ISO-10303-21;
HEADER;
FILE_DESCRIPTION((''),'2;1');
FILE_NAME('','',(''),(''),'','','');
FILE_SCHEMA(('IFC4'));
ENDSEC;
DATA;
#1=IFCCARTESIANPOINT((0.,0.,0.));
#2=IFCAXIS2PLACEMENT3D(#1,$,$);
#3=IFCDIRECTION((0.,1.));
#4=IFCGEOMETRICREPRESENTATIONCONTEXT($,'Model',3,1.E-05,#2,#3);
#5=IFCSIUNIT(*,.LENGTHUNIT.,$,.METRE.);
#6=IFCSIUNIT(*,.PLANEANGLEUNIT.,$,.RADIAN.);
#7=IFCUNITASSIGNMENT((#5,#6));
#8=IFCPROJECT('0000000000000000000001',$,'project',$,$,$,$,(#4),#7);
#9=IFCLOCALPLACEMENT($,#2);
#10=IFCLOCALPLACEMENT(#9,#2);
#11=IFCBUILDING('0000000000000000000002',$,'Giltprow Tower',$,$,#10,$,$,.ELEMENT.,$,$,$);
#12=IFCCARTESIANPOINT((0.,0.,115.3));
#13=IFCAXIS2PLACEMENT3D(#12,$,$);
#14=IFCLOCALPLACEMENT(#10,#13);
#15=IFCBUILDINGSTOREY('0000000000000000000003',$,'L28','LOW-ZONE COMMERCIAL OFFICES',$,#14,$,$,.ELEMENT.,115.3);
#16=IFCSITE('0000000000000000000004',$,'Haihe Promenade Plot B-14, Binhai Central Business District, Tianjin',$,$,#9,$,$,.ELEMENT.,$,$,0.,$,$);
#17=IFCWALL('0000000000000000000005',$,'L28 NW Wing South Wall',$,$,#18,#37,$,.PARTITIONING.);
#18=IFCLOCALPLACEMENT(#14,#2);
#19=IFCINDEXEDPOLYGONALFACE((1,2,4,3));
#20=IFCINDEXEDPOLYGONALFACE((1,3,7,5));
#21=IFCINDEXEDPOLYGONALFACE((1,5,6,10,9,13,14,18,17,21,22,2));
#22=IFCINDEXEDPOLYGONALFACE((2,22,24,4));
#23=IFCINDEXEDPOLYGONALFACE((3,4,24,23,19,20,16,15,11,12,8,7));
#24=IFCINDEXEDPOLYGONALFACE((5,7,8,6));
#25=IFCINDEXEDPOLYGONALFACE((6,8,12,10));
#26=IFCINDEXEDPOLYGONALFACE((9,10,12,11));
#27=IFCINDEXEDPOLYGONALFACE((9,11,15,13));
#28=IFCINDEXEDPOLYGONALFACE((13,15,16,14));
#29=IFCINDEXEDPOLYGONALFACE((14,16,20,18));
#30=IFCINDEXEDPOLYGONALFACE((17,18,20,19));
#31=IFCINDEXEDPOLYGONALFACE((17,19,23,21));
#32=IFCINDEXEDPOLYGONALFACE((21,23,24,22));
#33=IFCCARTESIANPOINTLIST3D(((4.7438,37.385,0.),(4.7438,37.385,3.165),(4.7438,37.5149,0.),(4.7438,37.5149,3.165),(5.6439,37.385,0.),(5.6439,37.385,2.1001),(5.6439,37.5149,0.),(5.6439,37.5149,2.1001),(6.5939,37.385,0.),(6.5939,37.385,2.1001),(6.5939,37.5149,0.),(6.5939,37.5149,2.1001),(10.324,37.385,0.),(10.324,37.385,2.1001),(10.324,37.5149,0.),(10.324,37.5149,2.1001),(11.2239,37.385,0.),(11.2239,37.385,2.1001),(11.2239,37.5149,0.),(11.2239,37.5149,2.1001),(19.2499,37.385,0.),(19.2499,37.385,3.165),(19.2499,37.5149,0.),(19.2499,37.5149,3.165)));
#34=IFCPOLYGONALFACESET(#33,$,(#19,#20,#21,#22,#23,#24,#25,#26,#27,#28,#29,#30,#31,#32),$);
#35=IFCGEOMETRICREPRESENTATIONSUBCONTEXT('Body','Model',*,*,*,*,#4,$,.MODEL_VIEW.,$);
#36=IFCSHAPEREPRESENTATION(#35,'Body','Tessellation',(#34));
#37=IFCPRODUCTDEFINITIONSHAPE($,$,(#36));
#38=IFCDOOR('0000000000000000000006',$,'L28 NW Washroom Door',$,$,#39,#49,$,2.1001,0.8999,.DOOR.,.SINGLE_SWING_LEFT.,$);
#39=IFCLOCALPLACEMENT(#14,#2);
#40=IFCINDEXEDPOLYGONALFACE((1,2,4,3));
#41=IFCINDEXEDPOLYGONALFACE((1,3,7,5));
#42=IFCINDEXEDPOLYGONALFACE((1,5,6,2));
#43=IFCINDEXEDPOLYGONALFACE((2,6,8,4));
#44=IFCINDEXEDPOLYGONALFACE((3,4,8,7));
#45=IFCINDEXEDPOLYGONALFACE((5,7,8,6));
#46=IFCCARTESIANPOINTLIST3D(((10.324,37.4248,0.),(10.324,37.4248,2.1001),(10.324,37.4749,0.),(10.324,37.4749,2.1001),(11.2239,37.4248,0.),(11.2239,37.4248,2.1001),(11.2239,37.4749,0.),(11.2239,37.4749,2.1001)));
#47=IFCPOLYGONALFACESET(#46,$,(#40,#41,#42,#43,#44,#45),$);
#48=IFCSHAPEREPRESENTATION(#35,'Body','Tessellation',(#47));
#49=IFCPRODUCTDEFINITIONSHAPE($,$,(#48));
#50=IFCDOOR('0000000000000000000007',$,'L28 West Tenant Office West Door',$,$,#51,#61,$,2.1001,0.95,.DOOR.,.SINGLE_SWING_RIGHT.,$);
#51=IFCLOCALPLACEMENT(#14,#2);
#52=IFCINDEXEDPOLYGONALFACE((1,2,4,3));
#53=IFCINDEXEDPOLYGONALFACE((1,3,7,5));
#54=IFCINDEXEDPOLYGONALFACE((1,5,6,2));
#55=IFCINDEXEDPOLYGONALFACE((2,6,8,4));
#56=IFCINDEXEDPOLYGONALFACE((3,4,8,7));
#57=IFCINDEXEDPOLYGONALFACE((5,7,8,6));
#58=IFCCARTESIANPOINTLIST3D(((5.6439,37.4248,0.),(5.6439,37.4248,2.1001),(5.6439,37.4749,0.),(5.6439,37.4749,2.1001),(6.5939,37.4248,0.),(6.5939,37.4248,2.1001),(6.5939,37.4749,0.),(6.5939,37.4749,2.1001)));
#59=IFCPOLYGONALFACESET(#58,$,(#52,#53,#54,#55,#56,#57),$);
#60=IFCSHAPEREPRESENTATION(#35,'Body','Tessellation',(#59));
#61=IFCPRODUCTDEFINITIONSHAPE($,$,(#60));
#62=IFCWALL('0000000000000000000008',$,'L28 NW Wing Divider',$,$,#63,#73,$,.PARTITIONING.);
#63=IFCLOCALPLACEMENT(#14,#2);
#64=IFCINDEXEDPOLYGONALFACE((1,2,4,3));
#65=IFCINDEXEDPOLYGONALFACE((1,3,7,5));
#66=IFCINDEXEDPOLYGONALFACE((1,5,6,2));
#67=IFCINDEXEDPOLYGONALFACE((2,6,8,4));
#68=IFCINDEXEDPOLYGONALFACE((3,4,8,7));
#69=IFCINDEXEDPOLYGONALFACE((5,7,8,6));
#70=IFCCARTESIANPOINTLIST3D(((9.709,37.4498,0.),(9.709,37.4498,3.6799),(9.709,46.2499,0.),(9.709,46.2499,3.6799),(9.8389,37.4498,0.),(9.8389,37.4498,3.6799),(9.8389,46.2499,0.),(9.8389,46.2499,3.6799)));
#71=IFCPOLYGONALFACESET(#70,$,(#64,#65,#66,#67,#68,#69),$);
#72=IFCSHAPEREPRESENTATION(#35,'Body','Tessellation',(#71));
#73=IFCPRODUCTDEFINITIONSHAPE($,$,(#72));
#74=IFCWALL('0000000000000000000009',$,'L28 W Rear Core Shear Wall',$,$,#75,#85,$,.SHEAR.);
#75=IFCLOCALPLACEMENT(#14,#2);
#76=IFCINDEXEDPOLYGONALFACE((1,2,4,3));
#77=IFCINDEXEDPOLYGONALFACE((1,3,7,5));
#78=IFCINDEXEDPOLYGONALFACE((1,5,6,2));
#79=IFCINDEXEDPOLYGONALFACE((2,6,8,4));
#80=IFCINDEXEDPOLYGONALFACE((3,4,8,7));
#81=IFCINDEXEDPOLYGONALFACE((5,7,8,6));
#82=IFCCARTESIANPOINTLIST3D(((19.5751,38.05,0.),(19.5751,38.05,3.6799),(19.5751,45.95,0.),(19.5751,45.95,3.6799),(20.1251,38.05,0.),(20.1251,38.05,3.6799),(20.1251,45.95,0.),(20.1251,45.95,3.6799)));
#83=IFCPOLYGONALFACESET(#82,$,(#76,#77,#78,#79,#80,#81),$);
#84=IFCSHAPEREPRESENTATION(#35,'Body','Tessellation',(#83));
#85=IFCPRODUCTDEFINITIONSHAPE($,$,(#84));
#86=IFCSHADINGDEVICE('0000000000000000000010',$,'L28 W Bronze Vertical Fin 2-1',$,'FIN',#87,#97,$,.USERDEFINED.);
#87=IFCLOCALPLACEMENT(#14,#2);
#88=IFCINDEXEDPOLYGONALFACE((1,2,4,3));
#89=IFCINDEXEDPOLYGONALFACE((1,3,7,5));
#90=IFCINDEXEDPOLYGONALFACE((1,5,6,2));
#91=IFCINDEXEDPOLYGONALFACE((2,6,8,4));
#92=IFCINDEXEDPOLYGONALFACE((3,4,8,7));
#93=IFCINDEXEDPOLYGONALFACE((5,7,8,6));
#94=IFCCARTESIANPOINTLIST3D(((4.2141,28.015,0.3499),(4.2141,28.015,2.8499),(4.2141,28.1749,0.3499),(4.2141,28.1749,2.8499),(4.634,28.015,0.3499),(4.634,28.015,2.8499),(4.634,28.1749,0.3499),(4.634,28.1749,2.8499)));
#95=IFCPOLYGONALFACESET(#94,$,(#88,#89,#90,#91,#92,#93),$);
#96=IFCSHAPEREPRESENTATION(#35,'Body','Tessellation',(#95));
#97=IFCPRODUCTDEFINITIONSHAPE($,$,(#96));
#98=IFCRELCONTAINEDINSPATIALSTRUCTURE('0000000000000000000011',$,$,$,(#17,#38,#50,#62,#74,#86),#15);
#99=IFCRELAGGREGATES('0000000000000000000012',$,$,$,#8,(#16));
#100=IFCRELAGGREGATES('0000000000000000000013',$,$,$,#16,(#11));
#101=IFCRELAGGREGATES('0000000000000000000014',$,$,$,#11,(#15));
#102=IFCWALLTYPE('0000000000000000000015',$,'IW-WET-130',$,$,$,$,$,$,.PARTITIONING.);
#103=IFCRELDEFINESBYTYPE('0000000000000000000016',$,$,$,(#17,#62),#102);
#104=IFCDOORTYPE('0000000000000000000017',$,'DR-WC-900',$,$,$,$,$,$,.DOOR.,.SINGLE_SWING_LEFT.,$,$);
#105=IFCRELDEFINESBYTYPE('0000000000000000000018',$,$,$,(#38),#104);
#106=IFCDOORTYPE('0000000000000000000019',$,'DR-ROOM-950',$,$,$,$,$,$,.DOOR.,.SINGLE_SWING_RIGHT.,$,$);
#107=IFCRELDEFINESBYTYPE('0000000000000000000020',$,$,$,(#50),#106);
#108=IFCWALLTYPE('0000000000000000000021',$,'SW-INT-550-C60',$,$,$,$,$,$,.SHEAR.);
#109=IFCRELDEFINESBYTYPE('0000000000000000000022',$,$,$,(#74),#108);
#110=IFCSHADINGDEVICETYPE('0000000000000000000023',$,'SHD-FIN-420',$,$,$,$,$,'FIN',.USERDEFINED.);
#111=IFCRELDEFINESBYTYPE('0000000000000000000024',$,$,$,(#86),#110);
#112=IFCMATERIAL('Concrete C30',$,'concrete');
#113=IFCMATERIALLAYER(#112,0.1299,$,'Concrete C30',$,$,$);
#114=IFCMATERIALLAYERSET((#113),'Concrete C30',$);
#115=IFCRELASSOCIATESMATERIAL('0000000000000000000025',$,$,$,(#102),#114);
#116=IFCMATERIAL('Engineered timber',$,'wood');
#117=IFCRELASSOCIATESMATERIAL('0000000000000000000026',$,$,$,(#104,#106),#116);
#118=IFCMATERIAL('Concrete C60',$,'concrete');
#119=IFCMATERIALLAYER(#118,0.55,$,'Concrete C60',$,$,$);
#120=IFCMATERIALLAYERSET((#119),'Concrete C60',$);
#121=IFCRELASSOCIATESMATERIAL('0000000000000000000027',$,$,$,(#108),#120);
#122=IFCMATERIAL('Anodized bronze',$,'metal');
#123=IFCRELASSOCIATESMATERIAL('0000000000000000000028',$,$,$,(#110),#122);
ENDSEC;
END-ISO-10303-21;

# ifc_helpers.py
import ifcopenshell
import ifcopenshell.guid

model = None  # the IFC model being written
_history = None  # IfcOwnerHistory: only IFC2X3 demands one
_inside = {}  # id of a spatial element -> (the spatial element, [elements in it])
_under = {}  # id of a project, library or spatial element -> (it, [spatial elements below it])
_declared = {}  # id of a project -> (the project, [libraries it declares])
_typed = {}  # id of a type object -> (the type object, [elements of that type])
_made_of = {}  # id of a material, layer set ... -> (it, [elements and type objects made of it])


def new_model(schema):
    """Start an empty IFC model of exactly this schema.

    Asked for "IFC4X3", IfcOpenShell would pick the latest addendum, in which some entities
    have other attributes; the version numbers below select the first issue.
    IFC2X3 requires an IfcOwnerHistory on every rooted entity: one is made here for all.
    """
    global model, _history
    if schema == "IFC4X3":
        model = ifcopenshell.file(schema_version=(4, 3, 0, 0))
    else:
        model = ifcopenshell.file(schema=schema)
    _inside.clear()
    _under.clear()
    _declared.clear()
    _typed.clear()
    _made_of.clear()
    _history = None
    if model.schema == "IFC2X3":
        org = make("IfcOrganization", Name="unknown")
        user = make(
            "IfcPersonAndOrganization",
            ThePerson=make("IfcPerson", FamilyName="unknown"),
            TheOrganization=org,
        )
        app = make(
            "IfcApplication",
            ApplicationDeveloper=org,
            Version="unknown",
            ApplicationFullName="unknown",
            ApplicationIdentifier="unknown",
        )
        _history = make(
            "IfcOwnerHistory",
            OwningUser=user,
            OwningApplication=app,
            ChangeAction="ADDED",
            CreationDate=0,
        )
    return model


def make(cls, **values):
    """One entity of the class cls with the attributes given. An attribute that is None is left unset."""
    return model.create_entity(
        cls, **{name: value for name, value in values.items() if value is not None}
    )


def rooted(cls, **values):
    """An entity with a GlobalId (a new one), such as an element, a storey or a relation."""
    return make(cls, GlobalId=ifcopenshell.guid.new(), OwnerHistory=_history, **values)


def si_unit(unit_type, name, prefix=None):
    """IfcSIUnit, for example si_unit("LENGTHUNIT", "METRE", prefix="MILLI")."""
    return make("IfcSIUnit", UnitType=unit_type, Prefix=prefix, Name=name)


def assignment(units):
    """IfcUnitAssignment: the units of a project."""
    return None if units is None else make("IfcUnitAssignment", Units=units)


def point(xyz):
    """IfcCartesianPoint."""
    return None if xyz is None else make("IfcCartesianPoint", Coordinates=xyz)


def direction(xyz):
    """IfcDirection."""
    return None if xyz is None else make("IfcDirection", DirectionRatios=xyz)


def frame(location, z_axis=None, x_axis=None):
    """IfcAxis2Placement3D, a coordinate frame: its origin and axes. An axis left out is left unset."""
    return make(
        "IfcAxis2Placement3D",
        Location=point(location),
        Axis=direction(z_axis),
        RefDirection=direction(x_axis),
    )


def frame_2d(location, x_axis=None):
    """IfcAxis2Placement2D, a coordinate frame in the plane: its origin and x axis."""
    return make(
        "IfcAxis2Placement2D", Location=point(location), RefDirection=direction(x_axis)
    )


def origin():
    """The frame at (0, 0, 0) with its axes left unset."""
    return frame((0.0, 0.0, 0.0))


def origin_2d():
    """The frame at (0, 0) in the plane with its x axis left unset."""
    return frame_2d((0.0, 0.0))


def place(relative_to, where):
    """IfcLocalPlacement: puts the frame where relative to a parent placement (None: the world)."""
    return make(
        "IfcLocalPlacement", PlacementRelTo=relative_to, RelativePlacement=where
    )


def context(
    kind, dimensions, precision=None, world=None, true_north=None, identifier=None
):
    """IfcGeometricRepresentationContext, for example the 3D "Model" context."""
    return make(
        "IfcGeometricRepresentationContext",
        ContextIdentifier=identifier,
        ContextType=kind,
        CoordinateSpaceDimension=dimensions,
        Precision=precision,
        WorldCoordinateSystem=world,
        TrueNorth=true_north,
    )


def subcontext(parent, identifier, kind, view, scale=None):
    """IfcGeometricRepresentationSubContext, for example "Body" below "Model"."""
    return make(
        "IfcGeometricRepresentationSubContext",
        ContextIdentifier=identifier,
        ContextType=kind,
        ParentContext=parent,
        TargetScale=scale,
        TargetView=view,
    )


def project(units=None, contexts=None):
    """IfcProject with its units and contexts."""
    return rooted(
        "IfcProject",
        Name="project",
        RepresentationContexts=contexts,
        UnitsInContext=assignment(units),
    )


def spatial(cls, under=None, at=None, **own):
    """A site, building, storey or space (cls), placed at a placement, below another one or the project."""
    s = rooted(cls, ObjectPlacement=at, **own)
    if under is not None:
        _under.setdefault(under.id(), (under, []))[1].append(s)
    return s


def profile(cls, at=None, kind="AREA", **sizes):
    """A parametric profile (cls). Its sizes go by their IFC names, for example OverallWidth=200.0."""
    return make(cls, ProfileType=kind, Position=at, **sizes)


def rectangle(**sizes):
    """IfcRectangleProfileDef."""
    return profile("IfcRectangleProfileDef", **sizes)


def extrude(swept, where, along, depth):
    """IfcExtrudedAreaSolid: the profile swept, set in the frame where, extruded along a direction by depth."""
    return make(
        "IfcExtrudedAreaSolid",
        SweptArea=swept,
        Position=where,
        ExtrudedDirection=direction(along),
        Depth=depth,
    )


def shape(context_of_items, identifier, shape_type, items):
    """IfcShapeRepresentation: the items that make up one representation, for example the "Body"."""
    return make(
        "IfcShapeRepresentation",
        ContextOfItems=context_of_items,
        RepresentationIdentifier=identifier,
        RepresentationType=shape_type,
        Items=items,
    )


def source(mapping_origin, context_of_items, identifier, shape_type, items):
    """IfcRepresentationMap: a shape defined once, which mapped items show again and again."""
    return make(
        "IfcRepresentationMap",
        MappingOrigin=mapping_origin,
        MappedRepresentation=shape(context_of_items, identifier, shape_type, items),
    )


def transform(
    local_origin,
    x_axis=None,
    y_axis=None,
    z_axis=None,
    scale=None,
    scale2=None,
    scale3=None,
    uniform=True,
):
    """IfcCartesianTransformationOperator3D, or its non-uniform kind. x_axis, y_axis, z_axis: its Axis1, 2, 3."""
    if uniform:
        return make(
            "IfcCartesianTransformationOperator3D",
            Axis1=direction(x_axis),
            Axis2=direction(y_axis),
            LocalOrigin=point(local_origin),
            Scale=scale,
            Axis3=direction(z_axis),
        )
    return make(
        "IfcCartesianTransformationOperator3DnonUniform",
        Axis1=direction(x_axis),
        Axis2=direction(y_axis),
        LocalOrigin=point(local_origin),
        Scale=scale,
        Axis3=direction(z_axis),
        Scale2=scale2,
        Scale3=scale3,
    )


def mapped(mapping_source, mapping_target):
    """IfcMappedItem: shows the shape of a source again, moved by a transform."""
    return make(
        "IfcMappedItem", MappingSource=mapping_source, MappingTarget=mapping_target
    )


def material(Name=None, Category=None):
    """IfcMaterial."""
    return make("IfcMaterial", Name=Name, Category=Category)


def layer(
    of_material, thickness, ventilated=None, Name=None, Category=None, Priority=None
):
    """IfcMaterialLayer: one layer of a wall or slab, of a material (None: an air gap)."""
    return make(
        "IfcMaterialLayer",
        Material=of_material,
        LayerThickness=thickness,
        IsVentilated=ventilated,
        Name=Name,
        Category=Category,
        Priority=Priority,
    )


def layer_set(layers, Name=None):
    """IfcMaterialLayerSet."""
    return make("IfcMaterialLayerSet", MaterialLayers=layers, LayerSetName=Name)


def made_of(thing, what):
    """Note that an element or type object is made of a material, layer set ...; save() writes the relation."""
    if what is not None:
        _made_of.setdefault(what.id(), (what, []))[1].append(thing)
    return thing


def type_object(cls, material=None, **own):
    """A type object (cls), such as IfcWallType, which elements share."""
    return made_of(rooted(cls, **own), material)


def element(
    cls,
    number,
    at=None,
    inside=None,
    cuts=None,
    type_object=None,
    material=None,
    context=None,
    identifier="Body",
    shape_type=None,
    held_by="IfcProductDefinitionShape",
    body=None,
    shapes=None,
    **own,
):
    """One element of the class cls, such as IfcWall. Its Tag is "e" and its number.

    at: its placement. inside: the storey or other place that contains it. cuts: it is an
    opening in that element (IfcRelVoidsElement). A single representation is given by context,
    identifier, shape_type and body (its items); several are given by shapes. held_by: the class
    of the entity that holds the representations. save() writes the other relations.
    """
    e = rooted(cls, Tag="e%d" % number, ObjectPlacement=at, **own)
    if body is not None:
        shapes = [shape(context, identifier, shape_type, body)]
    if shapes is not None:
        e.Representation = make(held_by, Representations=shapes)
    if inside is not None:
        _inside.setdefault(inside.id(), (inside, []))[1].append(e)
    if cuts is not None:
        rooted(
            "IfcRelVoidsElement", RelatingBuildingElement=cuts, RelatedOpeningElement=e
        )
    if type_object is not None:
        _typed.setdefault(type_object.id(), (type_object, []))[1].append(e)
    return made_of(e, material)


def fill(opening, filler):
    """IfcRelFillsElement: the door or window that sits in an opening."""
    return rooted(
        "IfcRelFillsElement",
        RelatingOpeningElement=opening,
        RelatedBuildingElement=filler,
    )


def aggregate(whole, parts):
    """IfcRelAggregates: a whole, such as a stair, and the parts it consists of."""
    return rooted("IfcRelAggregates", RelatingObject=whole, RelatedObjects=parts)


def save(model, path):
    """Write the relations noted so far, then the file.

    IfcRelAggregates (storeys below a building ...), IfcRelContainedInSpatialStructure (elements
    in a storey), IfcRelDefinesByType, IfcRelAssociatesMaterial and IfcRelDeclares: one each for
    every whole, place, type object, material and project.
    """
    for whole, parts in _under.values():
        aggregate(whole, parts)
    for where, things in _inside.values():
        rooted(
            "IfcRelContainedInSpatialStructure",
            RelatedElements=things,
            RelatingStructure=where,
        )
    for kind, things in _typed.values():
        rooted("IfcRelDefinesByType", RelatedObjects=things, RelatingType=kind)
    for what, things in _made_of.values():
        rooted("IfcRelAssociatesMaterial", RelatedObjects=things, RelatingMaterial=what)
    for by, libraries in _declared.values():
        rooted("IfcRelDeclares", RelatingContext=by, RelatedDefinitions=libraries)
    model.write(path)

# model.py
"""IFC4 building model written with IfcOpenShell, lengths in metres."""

from ifc_helpers import new_model, si_unit, direction, frame, frame_2d, origin, origin_2d, place, context, subcontext, project, spatial, rectangle, extrude, source, transform, mapped, material, layer, layer_set, type_object, element, fill, save


model = new_model("IFC4")

# Units and contexts
model_context = context("Model", 3, precision=1e-05, world=origin(), true_north=direction((0.0, 1.0)))
body_context = subcontext(model_context, "Body", "Model", "MODEL_VIEW")
ifc_project = project(units=[si_unit("LENGTHUNIT", "METRE"), si_unit("PLANEANGLEUNIT", "RADIAN")], contexts=[model_context])

# Site, building, storey
site_placement = place(None, origin())
site = spatial("IfcSite", under=ifc_project, at=site_placement, Name="Haihe Promenade Plot B-14, Binhai Central Business District, Tianjin", CompositionType="ELEMENT", RefElevation=0.0)
building_placement = place(site_placement, origin())
building = spatial("IfcBuilding", under=site, at=building_placement, Name="Giltprow Tower", CompositionType="ELEMENT")
storey_placement = place(building_placement, frame((0.0, 0.0, 115.3)))
storey = spatial("IfcBuildingStorey", under=building, at=storey_placement, Name="L28", Description="LOW-ZONE COMMERCIAL OFFICES", CompositionType="ELEMENT", Elevation=115.3)

# Shared definitions
ifc_material_1 = material(Name="Concrete C60", Category="concrete")

# Shared definitions
ifc_material_2 = material(Name="Engineered timber", Category="wood")

# Wall, openings, doors
ifc_material_3 = material(Name="Concrete C30", Category="concrete")
ifc_layer_1 = layer(ifc_material_3, 0.1299, Name="Concrete C30")
ifc_layer_set_1 = layer_set([ifc_layer_1], Name="Concrete C30")
wall_type_1 = type_object("IfcWallType", Name="IW-WET-130", PredefinedType="PARTITIONING", material=ifc_layer_set_1)
wall_1_placement = place(storey_placement, frame((4.7439, 37.45, 0.0), z_axis=(0.0, 0.0, 1.0), x_axis=(1.0, 0.0, 0.0)))
wall_1 = element("IfcWall", 1, at=wall_1_placement, inside=storey, type_object=wall_type_1, Name="L28 NW Wing South Wall", PredefinedType="PARTITIONING", context=body_context, shape_type="SweptSolid", body=[
    extrude(rectangle(XDim=14.5061, YDim=0.1299, at=frame_2d((7.2529, 0.0))), origin(), (0.0, 0.0, 1.0), 3.165),
])
opening_1_placement = place(wall_1_placement, frame((0.8999, 0.0, 0.0)))
opening_1 = element("IfcOpeningElement", 2, at=opening_1_placement, cuts=wall_1, PredefinedType="OPENING", context=body_context, shape_type="SweptSolid", body=[
    extrude(rectangle(XDim=0.95, YDim=2.1001, at=frame_2d((0.4751, 1.05))), frame((0.0, 0.075, 0.0), z_axis=(0.0, -1.0, 0.0), x_axis=(1.0, 0.0, 0.0)), (0.0, 0.0, 1.0), 0.1499),
])
opening_2_placement = place(wall_1_placement, frame((5.5801, 0.0, 0.0)))
opening_2 = element("IfcOpeningElement", 3, at=opening_2_placement, cuts=wall_1, PredefinedType="OPENING", context=body_context, shape_type="SweptSolid", body=[
    extrude(rectangle(XDim=0.8999, YDim=2.1001, at=frame_2d((0.45, 1.05))), frame((0.0, 0.075, 0.0), z_axis=(0.0, -1.0, 0.0), x_axis=(1.0, 0.0, 0.0)), (0.0, 0.0, 1.0), 0.1499),
])
door_type_1 = type_object("IfcDoorType", Name="DR-WC-900", OperationType="SINGLE_SWING_LEFT", PredefinedType="DOOR", material=ifc_material_2)
shared_shape_1 = source(origin(), body_context, "Body", "SweptSolid", [
    extrude(rectangle(XDim=0.8999, YDim=2.1001, at=frame_2d((0.45, 1.05))), frame((0.0, 0.0249, 0.0), z_axis=(0.0, -1.0, 0.0), x_axis=(1.0, 0.0, 0.0)), (0.0, 0.0, 1.0), 0.05),
])
door_1_placement = place(opening_2_placement, origin())
door_1 = element("IfcDoor", 4, at=door_1_placement, inside=storey, type_object=door_type_1, Name="L28 NW Washroom Door", OperationType="SINGLE_SWING_LEFT", OverallHeight=2.1001, OverallWidth=0.8999, PredefinedType="DOOR", context=body_context, shape_type="MappedRepresentation", body=[
    mapped(shared_shape_1, transform((0.0, 0.0, 0.0), x_axis=(1.0, 0.0, 0.0), y_axis=(0.0, 1.0, 0.0), z_axis=(0.0, 0.0, 1.0), scale=1.0)),
])
fill(opening_2, door_1)
door_type_2 = type_object("IfcDoorType", Name="DR-ROOM-950", OperationType="SINGLE_SWING_RIGHT", PredefinedType="DOOR", material=ifc_material_2)
shared_shape_2 = source(origin(), body_context, "Body", "SweptSolid", [
    extrude(rectangle(XDim=0.95, YDim=2.1001, at=frame_2d((0.4751, 1.05))), frame((0.0, 0.0249, 0.0), z_axis=(0.0, -1.0, 0.0), x_axis=(1.0, 0.0, 0.0)), (0.0, 0.0, 1.0), 0.05),
])
door_2_placement = place(opening_1_placement, origin())
door_2 = element("IfcDoor", 5, at=door_2_placement, inside=storey, type_object=door_type_2, Name="L28 West Tenant Office West Door", OperationType="SINGLE_SWING_RIGHT", OverallHeight=2.1001, OverallWidth=0.95, PredefinedType="DOOR", context=body_context, shape_type="MappedRepresentation", body=[
    mapped(shared_shape_2, transform((0.0, 0.0, 0.0), x_axis=(1.0, 0.0, 0.0), y_axis=(0.0, 1.0, 0.0), z_axis=(0.0, 0.0, 1.0), scale=1.0)),
])
fill(opening_1, door_2)

# Wall
wall_2_placement = place(storey_placement, frame((9.7739, 37.45, 0.0), z_axis=(0.0, 0.0, 1.0), x_axis=(0.0, 1.0, 0.0)))
element("IfcWall", 6, at=wall_2_placement, inside=storey, type_object=wall_type_1, Name="L28 NW Wing Divider", PredefinedType="PARTITIONING", context=body_context, shape_type="SweptSolid", body=[
    extrude(rectangle(XDim=8.8, YDim=0.1299, at=frame_2d((4.3999, 0.0))), origin(), (0.0, 0.0, 1.0), 3.6799),
])

# Shared definitions
ifc_layer_2 = layer(ifc_material_1, 0.55, Name="Concrete C60")
ifc_layer_set_2 = layer_set([ifc_layer_2], Name="Concrete C60")
wall_type_2 = type_object("IfcWallType", Name="SW-INT-550-C60", PredefinedType="SHEAR", material=ifc_layer_set_2)

# Wall
wall_3_placement = place(storey_placement, frame((19.8501, 38.05, 0.0), z_axis=(0.0, 0.0, 1.0), x_axis=(0.0, 1.0, 0.0)))
element("IfcWall", 7, at=wall_3_placement, inside=storey, type_object=wall_type_2, Name="L28 W Rear Core Shear Wall", PredefinedType="SHEAR", context=body_context, shape_type="SweptSolid", body=[
    extrude(rectangle(XDim=7.8999, YDim=0.55, at=frame_2d((3.95, 0.0))), origin(), (0.0, 0.0, 1.0), 3.6799),
])

# Shading device
ifc_material_4 = material(Name="Anodized bronze", Category="metal")
shading_device_type = type_object("IfcShadingDeviceType", Name="SHD-FIN-420", ElementType="FIN", PredefinedType="USERDEFINED", material=ifc_material_4)
shared_shape_3 = source(origin(), body_context, "Body", "SweptSolid", [
    extrude(rectangle(XDim=0.4199, YDim=0.1599, at=origin_2d()), origin(), (0.0, 0.0, 1.0), 2.5),
])
shading_device_placement = place(storey_placement, frame((4.4241, 28.095, 0.3499), z_axis=(0.0, 0.0, 1.0), x_axis=(1.0, 0.0, 0.0)))
element("IfcShadingDevice", 8, at=shading_device_placement, inside=storey, type_object=shading_device_type, Name="L28 W Bronze Vertical Fin 2-1", ObjectType="FIN", PredefinedType="USERDEFINED", context=body_context, shape_type="MappedRepresentation", body=[
    mapped(shared_shape_3, transform((0.0, 0.0, 0.0), x_axis=(1.0, 0.0, 0.0), y_axis=(0.0, 1.0, 0.0), z_axis=(0.0, 0.0, 1.0), scale=1.0)),
])

save(model, "model.ifc")
